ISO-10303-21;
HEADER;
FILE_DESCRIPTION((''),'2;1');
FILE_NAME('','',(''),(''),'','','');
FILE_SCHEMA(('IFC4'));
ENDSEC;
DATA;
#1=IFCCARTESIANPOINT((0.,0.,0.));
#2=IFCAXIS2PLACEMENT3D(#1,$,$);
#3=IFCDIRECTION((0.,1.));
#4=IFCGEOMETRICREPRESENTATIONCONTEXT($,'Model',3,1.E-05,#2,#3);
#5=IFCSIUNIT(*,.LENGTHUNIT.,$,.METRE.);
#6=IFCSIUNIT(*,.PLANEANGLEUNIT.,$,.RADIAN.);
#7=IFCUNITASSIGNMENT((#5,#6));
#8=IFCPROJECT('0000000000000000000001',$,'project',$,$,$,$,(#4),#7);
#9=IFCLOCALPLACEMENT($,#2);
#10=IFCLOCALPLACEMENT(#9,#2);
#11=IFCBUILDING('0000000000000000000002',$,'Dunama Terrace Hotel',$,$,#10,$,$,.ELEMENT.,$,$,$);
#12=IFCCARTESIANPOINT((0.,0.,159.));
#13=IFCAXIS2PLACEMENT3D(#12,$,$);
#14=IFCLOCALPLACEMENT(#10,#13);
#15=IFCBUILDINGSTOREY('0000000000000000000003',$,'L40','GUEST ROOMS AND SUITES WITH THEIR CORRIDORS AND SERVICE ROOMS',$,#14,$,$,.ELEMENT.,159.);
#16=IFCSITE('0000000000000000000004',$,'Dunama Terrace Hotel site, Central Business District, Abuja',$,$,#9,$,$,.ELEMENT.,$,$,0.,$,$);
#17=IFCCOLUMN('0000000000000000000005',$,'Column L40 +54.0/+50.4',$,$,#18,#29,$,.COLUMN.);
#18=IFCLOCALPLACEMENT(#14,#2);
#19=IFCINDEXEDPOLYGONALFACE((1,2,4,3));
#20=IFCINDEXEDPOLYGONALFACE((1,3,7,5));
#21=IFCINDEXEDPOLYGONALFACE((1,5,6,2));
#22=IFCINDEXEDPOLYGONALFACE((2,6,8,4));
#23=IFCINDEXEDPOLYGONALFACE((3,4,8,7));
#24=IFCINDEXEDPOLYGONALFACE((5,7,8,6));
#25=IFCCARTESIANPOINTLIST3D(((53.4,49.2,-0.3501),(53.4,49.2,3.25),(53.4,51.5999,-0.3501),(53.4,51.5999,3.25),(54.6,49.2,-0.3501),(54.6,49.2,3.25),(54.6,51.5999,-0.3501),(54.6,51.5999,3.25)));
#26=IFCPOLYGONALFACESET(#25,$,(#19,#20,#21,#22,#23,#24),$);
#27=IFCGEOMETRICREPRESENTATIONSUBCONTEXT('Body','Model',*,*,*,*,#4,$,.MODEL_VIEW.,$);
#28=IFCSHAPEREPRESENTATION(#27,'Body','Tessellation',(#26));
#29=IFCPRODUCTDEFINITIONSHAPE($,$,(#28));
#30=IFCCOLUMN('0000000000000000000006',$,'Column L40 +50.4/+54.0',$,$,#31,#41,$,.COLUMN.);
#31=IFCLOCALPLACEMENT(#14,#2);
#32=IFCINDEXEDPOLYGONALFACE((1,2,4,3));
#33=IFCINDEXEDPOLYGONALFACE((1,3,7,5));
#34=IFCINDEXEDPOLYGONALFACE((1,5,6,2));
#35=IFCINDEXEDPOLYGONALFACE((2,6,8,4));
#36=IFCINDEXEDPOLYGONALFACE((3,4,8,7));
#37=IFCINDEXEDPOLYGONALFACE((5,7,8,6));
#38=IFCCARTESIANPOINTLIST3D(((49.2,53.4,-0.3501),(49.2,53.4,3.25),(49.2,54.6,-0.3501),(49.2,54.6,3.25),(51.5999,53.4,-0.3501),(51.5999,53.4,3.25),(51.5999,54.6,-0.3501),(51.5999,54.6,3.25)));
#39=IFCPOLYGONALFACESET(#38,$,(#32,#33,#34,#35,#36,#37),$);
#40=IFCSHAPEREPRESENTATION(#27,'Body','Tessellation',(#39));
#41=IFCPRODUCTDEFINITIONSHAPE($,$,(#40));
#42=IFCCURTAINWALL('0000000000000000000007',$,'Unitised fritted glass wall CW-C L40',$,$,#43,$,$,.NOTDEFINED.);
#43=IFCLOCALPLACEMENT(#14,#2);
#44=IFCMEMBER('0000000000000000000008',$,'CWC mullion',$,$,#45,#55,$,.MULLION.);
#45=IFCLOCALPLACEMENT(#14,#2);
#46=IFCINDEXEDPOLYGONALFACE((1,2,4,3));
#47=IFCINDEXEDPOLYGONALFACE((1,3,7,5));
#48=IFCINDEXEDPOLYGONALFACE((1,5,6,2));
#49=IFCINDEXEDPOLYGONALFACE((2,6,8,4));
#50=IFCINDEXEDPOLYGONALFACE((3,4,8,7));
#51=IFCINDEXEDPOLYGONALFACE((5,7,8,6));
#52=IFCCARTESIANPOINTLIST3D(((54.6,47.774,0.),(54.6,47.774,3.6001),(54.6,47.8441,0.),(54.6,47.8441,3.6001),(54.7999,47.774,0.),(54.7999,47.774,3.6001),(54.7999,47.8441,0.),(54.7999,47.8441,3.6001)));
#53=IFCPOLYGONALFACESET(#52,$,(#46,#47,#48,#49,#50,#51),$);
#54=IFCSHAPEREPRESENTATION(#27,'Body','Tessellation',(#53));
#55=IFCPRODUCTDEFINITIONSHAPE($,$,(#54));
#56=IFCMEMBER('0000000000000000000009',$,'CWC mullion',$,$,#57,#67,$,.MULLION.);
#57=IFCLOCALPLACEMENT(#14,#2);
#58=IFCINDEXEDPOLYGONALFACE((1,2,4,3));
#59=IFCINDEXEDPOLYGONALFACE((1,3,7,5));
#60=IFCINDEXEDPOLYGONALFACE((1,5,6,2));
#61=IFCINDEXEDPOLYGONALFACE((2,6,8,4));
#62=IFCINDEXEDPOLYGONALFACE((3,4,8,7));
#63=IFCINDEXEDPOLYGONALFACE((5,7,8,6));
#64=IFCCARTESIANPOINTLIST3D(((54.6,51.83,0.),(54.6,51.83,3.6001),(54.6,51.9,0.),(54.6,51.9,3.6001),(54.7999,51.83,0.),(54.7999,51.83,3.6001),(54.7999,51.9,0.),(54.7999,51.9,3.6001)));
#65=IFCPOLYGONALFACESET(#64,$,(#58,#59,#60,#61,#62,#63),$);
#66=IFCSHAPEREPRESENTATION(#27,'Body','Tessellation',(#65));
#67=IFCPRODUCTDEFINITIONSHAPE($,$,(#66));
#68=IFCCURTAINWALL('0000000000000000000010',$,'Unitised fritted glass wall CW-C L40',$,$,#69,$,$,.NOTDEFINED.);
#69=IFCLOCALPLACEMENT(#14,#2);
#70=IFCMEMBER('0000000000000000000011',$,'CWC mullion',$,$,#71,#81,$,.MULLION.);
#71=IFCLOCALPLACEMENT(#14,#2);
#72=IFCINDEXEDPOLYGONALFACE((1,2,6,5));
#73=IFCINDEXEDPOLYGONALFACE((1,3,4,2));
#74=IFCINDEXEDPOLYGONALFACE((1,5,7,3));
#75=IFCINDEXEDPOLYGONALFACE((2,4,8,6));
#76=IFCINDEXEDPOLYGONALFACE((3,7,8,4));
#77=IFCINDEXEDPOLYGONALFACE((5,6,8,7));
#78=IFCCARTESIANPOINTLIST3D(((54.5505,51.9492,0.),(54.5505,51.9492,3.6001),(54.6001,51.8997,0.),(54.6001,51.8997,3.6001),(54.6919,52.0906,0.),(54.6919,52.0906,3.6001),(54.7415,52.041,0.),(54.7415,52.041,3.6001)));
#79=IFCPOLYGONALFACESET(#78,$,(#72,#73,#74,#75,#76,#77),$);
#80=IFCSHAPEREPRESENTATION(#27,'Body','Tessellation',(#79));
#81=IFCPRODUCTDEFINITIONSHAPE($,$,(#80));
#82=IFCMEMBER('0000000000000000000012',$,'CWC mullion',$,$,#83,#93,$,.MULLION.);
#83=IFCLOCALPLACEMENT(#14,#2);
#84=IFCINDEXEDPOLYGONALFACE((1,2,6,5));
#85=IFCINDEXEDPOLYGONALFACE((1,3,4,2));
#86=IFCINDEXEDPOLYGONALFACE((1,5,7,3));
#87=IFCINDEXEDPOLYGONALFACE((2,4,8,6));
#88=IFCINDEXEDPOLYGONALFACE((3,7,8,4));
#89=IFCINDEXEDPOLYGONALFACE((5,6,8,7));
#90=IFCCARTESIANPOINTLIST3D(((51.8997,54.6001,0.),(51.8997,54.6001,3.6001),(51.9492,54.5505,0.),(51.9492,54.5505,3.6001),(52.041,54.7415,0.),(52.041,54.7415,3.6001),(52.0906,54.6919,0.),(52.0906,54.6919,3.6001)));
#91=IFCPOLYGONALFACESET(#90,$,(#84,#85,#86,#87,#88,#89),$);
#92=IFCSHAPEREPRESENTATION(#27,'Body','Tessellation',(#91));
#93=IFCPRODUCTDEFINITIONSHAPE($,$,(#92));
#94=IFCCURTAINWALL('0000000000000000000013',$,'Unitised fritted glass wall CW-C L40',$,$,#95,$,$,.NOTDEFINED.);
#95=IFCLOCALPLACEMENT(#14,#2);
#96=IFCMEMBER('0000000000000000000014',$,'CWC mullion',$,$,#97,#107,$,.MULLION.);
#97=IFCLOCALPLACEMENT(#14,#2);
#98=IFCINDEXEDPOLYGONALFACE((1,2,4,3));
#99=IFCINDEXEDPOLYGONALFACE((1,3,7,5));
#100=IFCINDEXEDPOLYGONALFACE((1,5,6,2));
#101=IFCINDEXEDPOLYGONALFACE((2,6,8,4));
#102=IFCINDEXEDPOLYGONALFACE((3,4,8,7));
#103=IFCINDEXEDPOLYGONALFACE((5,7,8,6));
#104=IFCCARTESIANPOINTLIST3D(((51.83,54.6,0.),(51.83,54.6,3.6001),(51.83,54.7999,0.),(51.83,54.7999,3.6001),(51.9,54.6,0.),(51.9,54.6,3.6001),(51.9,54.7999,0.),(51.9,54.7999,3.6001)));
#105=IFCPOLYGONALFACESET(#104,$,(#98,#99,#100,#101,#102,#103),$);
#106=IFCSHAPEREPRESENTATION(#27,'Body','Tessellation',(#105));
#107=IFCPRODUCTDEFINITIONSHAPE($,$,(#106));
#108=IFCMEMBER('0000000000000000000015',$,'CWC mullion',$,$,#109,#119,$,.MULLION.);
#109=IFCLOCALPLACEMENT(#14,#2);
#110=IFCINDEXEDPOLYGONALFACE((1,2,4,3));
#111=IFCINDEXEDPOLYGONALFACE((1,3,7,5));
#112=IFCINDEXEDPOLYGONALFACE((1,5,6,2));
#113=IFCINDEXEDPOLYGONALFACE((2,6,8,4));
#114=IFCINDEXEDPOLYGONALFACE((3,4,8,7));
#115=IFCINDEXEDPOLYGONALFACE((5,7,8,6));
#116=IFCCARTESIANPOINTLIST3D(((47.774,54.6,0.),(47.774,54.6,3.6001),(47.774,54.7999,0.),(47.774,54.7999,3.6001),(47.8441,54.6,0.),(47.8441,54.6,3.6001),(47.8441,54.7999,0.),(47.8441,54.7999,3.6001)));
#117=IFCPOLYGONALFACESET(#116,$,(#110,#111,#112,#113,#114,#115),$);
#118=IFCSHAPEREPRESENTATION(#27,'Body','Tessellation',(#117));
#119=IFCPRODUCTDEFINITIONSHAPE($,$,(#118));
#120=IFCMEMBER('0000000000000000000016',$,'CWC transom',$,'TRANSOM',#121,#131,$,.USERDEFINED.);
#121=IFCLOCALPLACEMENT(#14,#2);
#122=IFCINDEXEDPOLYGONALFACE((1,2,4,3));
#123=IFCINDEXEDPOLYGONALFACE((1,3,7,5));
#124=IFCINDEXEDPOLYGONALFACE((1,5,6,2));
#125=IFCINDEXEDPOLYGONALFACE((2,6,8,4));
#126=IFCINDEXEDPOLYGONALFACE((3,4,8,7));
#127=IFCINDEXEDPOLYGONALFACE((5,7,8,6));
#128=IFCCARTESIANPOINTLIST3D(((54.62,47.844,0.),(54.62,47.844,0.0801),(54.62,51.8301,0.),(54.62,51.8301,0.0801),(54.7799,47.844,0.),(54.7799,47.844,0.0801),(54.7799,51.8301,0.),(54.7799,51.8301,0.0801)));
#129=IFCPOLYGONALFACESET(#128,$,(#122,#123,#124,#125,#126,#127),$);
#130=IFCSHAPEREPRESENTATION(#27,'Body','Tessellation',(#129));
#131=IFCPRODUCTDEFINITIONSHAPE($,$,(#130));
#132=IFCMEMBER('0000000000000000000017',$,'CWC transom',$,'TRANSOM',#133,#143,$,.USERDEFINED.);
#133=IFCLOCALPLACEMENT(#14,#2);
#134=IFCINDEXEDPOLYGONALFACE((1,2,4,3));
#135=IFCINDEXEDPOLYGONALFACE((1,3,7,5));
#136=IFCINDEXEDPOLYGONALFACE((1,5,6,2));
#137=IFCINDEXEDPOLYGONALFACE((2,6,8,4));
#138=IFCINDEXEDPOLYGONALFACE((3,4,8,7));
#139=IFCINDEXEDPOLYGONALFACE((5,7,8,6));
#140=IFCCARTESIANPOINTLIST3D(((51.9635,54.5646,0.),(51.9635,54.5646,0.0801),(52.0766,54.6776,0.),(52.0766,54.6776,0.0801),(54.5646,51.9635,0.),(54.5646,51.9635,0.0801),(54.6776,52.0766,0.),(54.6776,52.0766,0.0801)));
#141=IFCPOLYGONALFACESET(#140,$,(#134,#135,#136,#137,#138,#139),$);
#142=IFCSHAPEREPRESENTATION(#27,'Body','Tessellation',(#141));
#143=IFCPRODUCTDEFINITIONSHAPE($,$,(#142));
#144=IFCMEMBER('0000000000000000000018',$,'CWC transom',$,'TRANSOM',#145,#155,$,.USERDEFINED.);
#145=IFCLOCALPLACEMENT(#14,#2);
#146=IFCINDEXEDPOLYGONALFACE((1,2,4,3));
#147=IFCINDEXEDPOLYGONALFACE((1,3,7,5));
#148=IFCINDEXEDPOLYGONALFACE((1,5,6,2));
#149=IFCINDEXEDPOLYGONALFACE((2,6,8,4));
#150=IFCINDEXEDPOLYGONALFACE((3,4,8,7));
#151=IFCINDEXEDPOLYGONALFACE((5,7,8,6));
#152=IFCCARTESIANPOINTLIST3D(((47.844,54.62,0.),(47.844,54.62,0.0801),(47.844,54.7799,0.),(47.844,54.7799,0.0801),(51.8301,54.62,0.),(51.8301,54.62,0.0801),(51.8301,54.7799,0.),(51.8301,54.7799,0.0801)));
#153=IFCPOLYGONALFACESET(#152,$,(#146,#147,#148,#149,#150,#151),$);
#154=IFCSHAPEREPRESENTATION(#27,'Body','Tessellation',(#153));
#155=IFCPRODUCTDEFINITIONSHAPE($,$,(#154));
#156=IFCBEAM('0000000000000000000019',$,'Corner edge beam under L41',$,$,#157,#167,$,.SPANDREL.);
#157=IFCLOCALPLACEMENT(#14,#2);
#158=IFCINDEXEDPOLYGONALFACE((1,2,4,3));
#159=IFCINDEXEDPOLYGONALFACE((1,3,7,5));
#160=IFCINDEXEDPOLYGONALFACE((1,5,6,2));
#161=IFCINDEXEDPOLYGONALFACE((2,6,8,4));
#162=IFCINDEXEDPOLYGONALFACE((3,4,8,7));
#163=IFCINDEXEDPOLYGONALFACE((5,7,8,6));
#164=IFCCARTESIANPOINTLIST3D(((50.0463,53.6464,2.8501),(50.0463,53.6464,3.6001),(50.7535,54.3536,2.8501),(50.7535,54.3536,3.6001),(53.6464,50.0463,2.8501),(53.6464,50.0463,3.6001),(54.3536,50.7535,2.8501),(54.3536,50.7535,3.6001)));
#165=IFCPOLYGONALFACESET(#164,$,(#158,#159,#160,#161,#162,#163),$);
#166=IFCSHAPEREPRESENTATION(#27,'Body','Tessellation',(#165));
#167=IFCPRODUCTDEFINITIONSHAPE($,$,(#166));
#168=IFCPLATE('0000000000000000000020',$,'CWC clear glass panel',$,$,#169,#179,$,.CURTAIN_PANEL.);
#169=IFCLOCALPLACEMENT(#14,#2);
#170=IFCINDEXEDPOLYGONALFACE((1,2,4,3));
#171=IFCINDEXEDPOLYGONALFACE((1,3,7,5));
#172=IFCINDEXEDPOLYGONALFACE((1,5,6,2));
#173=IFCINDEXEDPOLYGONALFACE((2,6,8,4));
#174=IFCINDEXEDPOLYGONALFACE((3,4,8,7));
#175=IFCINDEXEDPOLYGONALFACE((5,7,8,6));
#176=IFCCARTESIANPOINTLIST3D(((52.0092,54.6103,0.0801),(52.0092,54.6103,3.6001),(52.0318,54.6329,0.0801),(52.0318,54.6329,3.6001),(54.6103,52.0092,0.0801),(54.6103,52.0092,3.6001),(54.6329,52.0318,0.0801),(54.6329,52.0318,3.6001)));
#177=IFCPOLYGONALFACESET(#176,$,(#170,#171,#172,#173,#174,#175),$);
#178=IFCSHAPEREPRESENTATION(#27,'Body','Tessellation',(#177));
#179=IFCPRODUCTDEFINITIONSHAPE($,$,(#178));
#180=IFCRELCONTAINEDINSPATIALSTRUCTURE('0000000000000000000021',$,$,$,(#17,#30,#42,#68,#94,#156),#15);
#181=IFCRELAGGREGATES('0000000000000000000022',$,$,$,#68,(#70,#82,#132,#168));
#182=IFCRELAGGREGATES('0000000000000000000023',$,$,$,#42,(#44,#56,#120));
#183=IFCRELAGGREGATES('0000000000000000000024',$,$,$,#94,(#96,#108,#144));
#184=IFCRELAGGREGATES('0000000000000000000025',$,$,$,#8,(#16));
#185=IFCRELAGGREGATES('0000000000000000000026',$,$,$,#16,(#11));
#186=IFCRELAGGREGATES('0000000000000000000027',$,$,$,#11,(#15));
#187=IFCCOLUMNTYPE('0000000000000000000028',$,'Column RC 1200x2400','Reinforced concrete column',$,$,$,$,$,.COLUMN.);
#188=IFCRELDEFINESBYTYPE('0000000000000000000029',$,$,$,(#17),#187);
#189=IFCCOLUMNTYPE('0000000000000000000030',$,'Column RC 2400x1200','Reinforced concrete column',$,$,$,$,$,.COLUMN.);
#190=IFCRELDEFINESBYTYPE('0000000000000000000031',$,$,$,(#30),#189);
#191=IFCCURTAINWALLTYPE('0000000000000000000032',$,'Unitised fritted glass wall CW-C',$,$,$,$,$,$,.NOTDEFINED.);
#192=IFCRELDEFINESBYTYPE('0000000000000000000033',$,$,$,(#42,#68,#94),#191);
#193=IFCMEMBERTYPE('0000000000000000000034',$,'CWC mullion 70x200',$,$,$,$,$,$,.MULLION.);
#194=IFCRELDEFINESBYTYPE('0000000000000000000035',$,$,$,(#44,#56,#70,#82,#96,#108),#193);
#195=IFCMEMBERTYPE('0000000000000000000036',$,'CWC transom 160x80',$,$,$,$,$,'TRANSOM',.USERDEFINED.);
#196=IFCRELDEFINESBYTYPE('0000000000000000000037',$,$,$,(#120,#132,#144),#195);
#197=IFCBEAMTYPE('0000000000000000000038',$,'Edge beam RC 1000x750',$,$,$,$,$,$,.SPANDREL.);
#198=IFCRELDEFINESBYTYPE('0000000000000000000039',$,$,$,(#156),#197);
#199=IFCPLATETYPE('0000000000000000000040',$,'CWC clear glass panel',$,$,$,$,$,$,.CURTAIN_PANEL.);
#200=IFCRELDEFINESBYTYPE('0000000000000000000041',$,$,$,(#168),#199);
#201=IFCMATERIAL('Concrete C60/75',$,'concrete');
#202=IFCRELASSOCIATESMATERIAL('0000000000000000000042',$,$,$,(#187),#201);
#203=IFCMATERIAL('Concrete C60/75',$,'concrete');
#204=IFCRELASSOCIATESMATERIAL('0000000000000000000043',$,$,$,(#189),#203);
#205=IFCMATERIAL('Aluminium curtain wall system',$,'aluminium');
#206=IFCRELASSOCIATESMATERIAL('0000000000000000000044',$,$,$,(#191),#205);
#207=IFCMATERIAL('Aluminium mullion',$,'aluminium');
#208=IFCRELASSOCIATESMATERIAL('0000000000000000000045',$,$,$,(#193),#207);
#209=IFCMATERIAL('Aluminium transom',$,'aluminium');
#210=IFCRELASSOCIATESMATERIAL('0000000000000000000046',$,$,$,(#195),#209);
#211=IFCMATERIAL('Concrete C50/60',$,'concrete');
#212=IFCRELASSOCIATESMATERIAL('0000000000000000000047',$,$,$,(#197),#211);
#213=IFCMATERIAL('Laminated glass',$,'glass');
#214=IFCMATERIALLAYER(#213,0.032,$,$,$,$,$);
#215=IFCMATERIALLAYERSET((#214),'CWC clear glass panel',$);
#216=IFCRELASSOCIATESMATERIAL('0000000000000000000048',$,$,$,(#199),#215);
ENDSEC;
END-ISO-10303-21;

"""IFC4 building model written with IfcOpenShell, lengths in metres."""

from ifc_helpers import new_model, si_unit, direction, frame, origin, origin_2d, place, context, subcontext, project, spatial, rectangle, extrude, material, layer, layer_set, material_profile, profile_set, type_object, element, aggregate, save


model = new_model("IFC4")

# Units and contexts
model_context = context("Model", 3, precision=1e-05, world=origin(), true_north=direction((0.0, 1.0)))
body_context = subcontext(model_context, "Body", "Model", "MODEL_VIEW")
ifc_project = project(units=[si_unit("LENGTHUNIT", "METRE"), si_unit("PLANEANGLEUNIT", "RADIAN")], contexts=[model_context])

# Site, building, storey
site_placement = place(None, origin())
site = spatial("IfcSite", under=ifc_project, at=site_placement, Name="Dunama Terrace Hotel site, Central Business District, Abuja", CompositionType="ELEMENT", RefElevation=0.0)
building_placement = place(site_placement, origin())
building = spatial("IfcBuilding", under=site, at=building_placement, Name="Dunama Terrace Hotel", CompositionType="ELEMENT")
storey_placement = place(building_placement, frame((0.0, 0.0, 159.0)))
storey = spatial("IfcBuildingStorey", under=building, at=storey_placement, Name="L40", Description="GUEST ROOMS AND SUITES WITH THEIR CORRIDORS AND SERVICE ROOMS", CompositionType="ELEMENT", Elevation=159.0)

# Columns
ifc_material_1 = material(Name="Concrete C60/75", Category="concrete")
ifc_material_profile_1 = material_profile(ifc_material_1, rectangle(XDim=1.2, YDim=2.3999, at=origin_2d()), Name="RC 1200x2400")
ifc_profile_set_1 = profile_set([ifc_material_profile_1], Name="Concrete C60/75")
column_type_1 = type_object("IfcColumnType", Name="Column RC 1200x2400", Description="Reinforced concrete column", PredefinedType="COLUMN", material=ifc_profile_set_1)
column_1_placement = place(storey_placement, frame((54.0, 50.3999, -0.3501), z_axis=(0.0, 0.0, 1.0), x_axis=(1.0, 0.0, 0.0)))
element("IfcColumn", 1, at=column_1_placement, inside=storey, type_object=column_type_1, Name="Column L40 +54.0/+50.4", PredefinedType="COLUMN", context=body_context, shape_type="SweptSolid", body=[
    extrude(rectangle(XDim=1.2, YDim=2.3999, at=origin_2d()), origin(), (0.0, 0.0, 1.0), 3.6001),
])
ifc_material_2 = material(Name="Concrete C60/75", Category="concrete")
ifc_material_profile_2 = material_profile(ifc_material_2, rectangle(XDim=2.3999, YDim=1.2, at=origin_2d()), Name="RC 2400x1200")
ifc_profile_set_2 = profile_set([ifc_material_profile_2], Name="Concrete C60/75")
column_type_2 = type_object("IfcColumnType", Name="Column RC 2400x1200", Description="Reinforced concrete column", PredefinedType="COLUMN", material=ifc_profile_set_2)
column_2_placement = place(storey_placement, frame((50.3999, 54.0, -0.3501), z_axis=(0.0, 0.0, 1.0), x_axis=(1.0, 0.0, 0.0)))
element("IfcColumn", 2, at=column_2_placement, inside=storey, type_object=column_type_2, Name="Column L40 +50.4/+54.0", PredefinedType="COLUMN", context=body_context, shape_type="SweptSolid", body=[
    extrude(rectangle(XDim=2.3999, YDim=1.2, at=origin_2d()), origin(), (0.0, 0.0, 1.0), 3.6001),
])

# Curtain walls, members
ifc_material_3 = material(Name="Aluminium curtain wall system", Category="aluminium")
curtain_wall_type = type_object("IfcCurtainWallType", Name="Unitised fritted glass wall CW-C", PredefinedType="NOTDEFINED", material=ifc_material_3)
curtain_wall_1_placement = place(storey_placement, origin())
curtain_wall_1 = element("IfcCurtainWall", 3, at=curtain_wall_1_placement, inside=storey, type_object=curtain_wall_type, Name="Unitised fritted glass wall CW-C L40", PredefinedType="NOTDEFINED")
ifc_material_4 = material(Name="Aluminium mullion", Category="aluminium")
ifc_material_profile_3 = material_profile(ifc_material_4, rectangle(XDim=0.0701, YDim=0.2, at=origin_2d()), Name="CWC MULLION 70X200")
ifc_profile_set_3 = profile_set([ifc_material_profile_3], Name="Aluminium mullion")
member_type_1 = type_object("IfcMemberType", Name="CWC mullion 70x200", PredefinedType="MULLION", material=ifc_profile_set_3)
member_1_placement = place(storey_placement, frame((54.7, 47.8091, 0.0), z_axis=(0.0, 0.0, 1.0), x_axis=(0.0, 1.0, 0.0)))
member_1 = element("IfcMember", 4, at=member_1_placement, type_object=member_type_1, Name="CWC mullion", PredefinedType="MULLION", context=body_context, shape_type="SweptSolid", body=[
    extrude(rectangle(XDim=0.0701, YDim=0.2, at=origin_2d()), origin(), (0.0, 0.0, 1.0), 3.6001),
])
member_2_placement = place(storey_placement, frame((54.7, 51.865, 0.0), z_axis=(0.0, 0.0, 1.0), x_axis=(0.0, 1.0, 0.0)))
member_2 = element("IfcMember", 5, at=member_2_placement, type_object=member_type_1, Name="CWC mullion", PredefinedType="MULLION", context=body_context, shape_type="SweptSolid", body=[
    extrude(rectangle(XDim=0.0701, YDim=0.2, at=origin_2d()), origin(), (0.0, 0.0, 1.0), 3.6001),
])
curtain_wall_2_placement = place(storey_placement, origin())
curtain_wall_2 = element("IfcCurtainWall", 6, at=curtain_wall_2_placement, inside=storey, type_object=curtain_wall_type, Name="Unitised fritted glass wall CW-C L40", PredefinedType="NOTDEFINED")
member_3_placement = place(storey_placement, frame((54.646, 51.9951, 0.0), z_axis=(0.0, 0.0, 1.0), x_axis=(-0.707107, 0.707107, 0.0)))
member_3 = element("IfcMember", 7, at=member_3_placement, type_object=member_type_1, Name="CWC mullion", PredefinedType="MULLION", context=body_context, shape_type="SweptSolid", body=[
    extrude(rectangle(XDim=0.0701, YDim=0.2, at=origin_2d()), origin(), (0.0, 0.0, 1.0), 3.6001),
])
member_4_placement = place(storey_placement, frame((51.9951, 54.646, 0.0), z_axis=(0.0, 0.0, 1.0), x_axis=(-0.707107, 0.707107, 0.0)))
member_4 = element("IfcMember", 8, at=member_4_placement, type_object=member_type_1, Name="CWC mullion", PredefinedType="MULLION", context=body_context, shape_type="SweptSolid", body=[
    extrude(rectangle(XDim=0.0701, YDim=0.2, at=origin_2d()), origin(), (0.0, 0.0, 1.0), 3.6001),
])
curtain_wall_3_placement = place(storey_placement, origin())
curtain_wall_3 = element("IfcCurtainWall", 9, at=curtain_wall_3_placement, inside=storey, type_object=curtain_wall_type, Name="Unitised fritted glass wall CW-C L40", PredefinedType="NOTDEFINED")
member_5_placement = place(storey_placement, frame((51.865, 54.7, 0.0), z_axis=(0.0, 0.0, 1.0), x_axis=(-1.0, 0.0, 0.0)))
member_5 = element("IfcMember", 10, at=member_5_placement, type_object=member_type_1, Name="CWC mullion", PredefinedType="MULLION", context=body_context, shape_type="SweptSolid", body=[
    extrude(rectangle(XDim=0.0701, YDim=0.2, at=origin_2d()), origin(), (0.0, 0.0, 1.0), 3.6001),
])
member_6_placement = place(storey_placement, frame((47.8091, 54.7, 0.0), z_axis=(0.0, 0.0, 1.0), x_axis=(-1.0, 0.0, 0.0)))
member_6 = element("IfcMember", 11, at=member_6_placement, type_object=member_type_1, Name="CWC mullion", PredefinedType="MULLION", context=body_context, shape_type="SweptSolid", body=[
    extrude(rectangle(XDim=0.0701, YDim=0.2, at=origin_2d()), origin(), (0.0, 0.0, 1.0), 3.6001),
])

# Members
ifc_material_5 = material(Name="Aluminium transom", Category="aluminium")
ifc_material_profile_4 = material_profile(ifc_material_5, rectangle(XDim=0.1599, YDim=0.0801, at=origin_2d()), Name="CWC TRANSOM 160X80")
ifc_profile_set_4 = profile_set([ifc_material_profile_4], Name="Aluminium transom")
member_type_2 = type_object("IfcMemberType", Name="CWC transom 160x80", ElementType="TRANSOM", PredefinedType="USERDEFINED", material=ifc_profile_set_4)
member_7_placement = place(storey_placement, frame((54.7, 47.844, 0.04), z_axis=(0.0, 1.0, 0.0), x_axis=(-1.0, 0.0, 0.0)))
member_7 = element("IfcMember", 12, at=member_7_placement, type_object=member_type_2, Name="CWC transom", ObjectType="TRANSOM", PredefinedType="USERDEFINED", context=body_context, shape_type="SweptSolid", body=[
    extrude(rectangle(XDim=0.1599, YDim=0.0801, at=origin_2d()), origin(), (0.0, 0.0, 1.0), 3.9861),
])
member_8_placement = place(storey_placement, frame((54.6211, 52.02, 0.04), z_axis=(-0.707107, 0.707107, 0.0), x_axis=(-0.707107, -0.707107, 0.0)))
member_8 = element("IfcMember", 13, at=member_8_placement, type_object=member_type_2, Name="CWC transom", ObjectType="TRANSOM", PredefinedType="USERDEFINED", context=body_context, shape_type="SweptSolid", body=[
    extrude(rectangle(XDim=0.1599, YDim=0.0801, at=origin_2d()), origin(), (0.0, 0.0, 1.0), 3.6785),
])
member_9_placement = place(storey_placement, frame((51.8301, 54.7, 0.04), z_axis=(-1.0, 0.0, 0.0), x_axis=(0.0, -1.0, 0.0)))
member_9 = element("IfcMember", 14, at=member_9_placement, type_object=member_type_2, Name="CWC transom", ObjectType="TRANSOM", PredefinedType="USERDEFINED", context=body_context, shape_type="SweptSolid", body=[
    extrude(rectangle(XDim=0.1599, YDim=0.0801, at=origin_2d()), origin(), (0.0, 0.0, 1.0), 3.9861),
])

# Beam
ifc_material_6 = material(Name="Concrete C50/60", Category="concrete")
ifc_material_profile_5 = material_profile(ifc_material_6, rectangle(XDim=1.0, YDim=0.75, at=origin_2d()), Name="RC 1000x750")
ifc_profile_set_5 = profile_set([ifc_material_profile_5], Name="Concrete C50/60")
beam_type = type_object("IfcBeamType", Name="Edge beam RC 1000x750", PredefinedType="SPANDREL", material=ifc_profile_set_5)
beam_placement = place(storey_placement, frame((50.3999, 54.0, 3.2251), z_axis=(0.707107, -0.707107, 0.0), x_axis=(0.707107, 0.707107, 0.0)))
element("IfcBeam", 15, at=beam_placement, inside=storey, type_object=beam_type, Name="Corner edge beam under L41", PredefinedType="SPANDREL", context=body_context, shape_type="SweptSolid", body=[
    extrude(rectangle(XDim=1.0, YDim=0.75, at=origin_2d()), origin(), (0.0, 0.0, 1.0), 5.0913),
])

# Plate
ifc_material_7 = material(Name="Laminated glass", Category="glass")
ifc_layer_1 = layer(ifc_material_7, 0.032)
ifc_layer_set_1 = layer_set([ifc_layer_1], Name="CWC clear glass panel")
plate_type_1 = type_object("IfcPlateType", Name="CWC clear glass panel", PredefinedType="CURTAIN_PANEL", material=ifc_layer_set_1)
plate_1_placement = place(storey_placement, frame((53.321, 53.321, 0.0801), z_axis=(0.0, 0.0, 1.0), x_axis=(-0.707107, 0.707107, 0.0)))
plate_1 = element("IfcPlate", 16, at=plate_1_placement, type_object=plate_type_1, Name="CWC clear glass panel", PredefinedType="CURTAIN_PANEL", context=body_context, shape_type="SweptSolid", body=[
    extrude(rectangle(XDim=3.6785, YDim=0.032, at=origin_2d()), origin(), (0.0, 0.0, 1.0), 3.52),
])
aggregate(curtain_wall_2, [member_3, member_4, member_8, plate_1])
aggregate(curtain_wall_1, [member_1, member_2, member_7])
aggregate(curtain_wall_3, [member_5, member_6, member_9])

save(model, "model.ifc")
